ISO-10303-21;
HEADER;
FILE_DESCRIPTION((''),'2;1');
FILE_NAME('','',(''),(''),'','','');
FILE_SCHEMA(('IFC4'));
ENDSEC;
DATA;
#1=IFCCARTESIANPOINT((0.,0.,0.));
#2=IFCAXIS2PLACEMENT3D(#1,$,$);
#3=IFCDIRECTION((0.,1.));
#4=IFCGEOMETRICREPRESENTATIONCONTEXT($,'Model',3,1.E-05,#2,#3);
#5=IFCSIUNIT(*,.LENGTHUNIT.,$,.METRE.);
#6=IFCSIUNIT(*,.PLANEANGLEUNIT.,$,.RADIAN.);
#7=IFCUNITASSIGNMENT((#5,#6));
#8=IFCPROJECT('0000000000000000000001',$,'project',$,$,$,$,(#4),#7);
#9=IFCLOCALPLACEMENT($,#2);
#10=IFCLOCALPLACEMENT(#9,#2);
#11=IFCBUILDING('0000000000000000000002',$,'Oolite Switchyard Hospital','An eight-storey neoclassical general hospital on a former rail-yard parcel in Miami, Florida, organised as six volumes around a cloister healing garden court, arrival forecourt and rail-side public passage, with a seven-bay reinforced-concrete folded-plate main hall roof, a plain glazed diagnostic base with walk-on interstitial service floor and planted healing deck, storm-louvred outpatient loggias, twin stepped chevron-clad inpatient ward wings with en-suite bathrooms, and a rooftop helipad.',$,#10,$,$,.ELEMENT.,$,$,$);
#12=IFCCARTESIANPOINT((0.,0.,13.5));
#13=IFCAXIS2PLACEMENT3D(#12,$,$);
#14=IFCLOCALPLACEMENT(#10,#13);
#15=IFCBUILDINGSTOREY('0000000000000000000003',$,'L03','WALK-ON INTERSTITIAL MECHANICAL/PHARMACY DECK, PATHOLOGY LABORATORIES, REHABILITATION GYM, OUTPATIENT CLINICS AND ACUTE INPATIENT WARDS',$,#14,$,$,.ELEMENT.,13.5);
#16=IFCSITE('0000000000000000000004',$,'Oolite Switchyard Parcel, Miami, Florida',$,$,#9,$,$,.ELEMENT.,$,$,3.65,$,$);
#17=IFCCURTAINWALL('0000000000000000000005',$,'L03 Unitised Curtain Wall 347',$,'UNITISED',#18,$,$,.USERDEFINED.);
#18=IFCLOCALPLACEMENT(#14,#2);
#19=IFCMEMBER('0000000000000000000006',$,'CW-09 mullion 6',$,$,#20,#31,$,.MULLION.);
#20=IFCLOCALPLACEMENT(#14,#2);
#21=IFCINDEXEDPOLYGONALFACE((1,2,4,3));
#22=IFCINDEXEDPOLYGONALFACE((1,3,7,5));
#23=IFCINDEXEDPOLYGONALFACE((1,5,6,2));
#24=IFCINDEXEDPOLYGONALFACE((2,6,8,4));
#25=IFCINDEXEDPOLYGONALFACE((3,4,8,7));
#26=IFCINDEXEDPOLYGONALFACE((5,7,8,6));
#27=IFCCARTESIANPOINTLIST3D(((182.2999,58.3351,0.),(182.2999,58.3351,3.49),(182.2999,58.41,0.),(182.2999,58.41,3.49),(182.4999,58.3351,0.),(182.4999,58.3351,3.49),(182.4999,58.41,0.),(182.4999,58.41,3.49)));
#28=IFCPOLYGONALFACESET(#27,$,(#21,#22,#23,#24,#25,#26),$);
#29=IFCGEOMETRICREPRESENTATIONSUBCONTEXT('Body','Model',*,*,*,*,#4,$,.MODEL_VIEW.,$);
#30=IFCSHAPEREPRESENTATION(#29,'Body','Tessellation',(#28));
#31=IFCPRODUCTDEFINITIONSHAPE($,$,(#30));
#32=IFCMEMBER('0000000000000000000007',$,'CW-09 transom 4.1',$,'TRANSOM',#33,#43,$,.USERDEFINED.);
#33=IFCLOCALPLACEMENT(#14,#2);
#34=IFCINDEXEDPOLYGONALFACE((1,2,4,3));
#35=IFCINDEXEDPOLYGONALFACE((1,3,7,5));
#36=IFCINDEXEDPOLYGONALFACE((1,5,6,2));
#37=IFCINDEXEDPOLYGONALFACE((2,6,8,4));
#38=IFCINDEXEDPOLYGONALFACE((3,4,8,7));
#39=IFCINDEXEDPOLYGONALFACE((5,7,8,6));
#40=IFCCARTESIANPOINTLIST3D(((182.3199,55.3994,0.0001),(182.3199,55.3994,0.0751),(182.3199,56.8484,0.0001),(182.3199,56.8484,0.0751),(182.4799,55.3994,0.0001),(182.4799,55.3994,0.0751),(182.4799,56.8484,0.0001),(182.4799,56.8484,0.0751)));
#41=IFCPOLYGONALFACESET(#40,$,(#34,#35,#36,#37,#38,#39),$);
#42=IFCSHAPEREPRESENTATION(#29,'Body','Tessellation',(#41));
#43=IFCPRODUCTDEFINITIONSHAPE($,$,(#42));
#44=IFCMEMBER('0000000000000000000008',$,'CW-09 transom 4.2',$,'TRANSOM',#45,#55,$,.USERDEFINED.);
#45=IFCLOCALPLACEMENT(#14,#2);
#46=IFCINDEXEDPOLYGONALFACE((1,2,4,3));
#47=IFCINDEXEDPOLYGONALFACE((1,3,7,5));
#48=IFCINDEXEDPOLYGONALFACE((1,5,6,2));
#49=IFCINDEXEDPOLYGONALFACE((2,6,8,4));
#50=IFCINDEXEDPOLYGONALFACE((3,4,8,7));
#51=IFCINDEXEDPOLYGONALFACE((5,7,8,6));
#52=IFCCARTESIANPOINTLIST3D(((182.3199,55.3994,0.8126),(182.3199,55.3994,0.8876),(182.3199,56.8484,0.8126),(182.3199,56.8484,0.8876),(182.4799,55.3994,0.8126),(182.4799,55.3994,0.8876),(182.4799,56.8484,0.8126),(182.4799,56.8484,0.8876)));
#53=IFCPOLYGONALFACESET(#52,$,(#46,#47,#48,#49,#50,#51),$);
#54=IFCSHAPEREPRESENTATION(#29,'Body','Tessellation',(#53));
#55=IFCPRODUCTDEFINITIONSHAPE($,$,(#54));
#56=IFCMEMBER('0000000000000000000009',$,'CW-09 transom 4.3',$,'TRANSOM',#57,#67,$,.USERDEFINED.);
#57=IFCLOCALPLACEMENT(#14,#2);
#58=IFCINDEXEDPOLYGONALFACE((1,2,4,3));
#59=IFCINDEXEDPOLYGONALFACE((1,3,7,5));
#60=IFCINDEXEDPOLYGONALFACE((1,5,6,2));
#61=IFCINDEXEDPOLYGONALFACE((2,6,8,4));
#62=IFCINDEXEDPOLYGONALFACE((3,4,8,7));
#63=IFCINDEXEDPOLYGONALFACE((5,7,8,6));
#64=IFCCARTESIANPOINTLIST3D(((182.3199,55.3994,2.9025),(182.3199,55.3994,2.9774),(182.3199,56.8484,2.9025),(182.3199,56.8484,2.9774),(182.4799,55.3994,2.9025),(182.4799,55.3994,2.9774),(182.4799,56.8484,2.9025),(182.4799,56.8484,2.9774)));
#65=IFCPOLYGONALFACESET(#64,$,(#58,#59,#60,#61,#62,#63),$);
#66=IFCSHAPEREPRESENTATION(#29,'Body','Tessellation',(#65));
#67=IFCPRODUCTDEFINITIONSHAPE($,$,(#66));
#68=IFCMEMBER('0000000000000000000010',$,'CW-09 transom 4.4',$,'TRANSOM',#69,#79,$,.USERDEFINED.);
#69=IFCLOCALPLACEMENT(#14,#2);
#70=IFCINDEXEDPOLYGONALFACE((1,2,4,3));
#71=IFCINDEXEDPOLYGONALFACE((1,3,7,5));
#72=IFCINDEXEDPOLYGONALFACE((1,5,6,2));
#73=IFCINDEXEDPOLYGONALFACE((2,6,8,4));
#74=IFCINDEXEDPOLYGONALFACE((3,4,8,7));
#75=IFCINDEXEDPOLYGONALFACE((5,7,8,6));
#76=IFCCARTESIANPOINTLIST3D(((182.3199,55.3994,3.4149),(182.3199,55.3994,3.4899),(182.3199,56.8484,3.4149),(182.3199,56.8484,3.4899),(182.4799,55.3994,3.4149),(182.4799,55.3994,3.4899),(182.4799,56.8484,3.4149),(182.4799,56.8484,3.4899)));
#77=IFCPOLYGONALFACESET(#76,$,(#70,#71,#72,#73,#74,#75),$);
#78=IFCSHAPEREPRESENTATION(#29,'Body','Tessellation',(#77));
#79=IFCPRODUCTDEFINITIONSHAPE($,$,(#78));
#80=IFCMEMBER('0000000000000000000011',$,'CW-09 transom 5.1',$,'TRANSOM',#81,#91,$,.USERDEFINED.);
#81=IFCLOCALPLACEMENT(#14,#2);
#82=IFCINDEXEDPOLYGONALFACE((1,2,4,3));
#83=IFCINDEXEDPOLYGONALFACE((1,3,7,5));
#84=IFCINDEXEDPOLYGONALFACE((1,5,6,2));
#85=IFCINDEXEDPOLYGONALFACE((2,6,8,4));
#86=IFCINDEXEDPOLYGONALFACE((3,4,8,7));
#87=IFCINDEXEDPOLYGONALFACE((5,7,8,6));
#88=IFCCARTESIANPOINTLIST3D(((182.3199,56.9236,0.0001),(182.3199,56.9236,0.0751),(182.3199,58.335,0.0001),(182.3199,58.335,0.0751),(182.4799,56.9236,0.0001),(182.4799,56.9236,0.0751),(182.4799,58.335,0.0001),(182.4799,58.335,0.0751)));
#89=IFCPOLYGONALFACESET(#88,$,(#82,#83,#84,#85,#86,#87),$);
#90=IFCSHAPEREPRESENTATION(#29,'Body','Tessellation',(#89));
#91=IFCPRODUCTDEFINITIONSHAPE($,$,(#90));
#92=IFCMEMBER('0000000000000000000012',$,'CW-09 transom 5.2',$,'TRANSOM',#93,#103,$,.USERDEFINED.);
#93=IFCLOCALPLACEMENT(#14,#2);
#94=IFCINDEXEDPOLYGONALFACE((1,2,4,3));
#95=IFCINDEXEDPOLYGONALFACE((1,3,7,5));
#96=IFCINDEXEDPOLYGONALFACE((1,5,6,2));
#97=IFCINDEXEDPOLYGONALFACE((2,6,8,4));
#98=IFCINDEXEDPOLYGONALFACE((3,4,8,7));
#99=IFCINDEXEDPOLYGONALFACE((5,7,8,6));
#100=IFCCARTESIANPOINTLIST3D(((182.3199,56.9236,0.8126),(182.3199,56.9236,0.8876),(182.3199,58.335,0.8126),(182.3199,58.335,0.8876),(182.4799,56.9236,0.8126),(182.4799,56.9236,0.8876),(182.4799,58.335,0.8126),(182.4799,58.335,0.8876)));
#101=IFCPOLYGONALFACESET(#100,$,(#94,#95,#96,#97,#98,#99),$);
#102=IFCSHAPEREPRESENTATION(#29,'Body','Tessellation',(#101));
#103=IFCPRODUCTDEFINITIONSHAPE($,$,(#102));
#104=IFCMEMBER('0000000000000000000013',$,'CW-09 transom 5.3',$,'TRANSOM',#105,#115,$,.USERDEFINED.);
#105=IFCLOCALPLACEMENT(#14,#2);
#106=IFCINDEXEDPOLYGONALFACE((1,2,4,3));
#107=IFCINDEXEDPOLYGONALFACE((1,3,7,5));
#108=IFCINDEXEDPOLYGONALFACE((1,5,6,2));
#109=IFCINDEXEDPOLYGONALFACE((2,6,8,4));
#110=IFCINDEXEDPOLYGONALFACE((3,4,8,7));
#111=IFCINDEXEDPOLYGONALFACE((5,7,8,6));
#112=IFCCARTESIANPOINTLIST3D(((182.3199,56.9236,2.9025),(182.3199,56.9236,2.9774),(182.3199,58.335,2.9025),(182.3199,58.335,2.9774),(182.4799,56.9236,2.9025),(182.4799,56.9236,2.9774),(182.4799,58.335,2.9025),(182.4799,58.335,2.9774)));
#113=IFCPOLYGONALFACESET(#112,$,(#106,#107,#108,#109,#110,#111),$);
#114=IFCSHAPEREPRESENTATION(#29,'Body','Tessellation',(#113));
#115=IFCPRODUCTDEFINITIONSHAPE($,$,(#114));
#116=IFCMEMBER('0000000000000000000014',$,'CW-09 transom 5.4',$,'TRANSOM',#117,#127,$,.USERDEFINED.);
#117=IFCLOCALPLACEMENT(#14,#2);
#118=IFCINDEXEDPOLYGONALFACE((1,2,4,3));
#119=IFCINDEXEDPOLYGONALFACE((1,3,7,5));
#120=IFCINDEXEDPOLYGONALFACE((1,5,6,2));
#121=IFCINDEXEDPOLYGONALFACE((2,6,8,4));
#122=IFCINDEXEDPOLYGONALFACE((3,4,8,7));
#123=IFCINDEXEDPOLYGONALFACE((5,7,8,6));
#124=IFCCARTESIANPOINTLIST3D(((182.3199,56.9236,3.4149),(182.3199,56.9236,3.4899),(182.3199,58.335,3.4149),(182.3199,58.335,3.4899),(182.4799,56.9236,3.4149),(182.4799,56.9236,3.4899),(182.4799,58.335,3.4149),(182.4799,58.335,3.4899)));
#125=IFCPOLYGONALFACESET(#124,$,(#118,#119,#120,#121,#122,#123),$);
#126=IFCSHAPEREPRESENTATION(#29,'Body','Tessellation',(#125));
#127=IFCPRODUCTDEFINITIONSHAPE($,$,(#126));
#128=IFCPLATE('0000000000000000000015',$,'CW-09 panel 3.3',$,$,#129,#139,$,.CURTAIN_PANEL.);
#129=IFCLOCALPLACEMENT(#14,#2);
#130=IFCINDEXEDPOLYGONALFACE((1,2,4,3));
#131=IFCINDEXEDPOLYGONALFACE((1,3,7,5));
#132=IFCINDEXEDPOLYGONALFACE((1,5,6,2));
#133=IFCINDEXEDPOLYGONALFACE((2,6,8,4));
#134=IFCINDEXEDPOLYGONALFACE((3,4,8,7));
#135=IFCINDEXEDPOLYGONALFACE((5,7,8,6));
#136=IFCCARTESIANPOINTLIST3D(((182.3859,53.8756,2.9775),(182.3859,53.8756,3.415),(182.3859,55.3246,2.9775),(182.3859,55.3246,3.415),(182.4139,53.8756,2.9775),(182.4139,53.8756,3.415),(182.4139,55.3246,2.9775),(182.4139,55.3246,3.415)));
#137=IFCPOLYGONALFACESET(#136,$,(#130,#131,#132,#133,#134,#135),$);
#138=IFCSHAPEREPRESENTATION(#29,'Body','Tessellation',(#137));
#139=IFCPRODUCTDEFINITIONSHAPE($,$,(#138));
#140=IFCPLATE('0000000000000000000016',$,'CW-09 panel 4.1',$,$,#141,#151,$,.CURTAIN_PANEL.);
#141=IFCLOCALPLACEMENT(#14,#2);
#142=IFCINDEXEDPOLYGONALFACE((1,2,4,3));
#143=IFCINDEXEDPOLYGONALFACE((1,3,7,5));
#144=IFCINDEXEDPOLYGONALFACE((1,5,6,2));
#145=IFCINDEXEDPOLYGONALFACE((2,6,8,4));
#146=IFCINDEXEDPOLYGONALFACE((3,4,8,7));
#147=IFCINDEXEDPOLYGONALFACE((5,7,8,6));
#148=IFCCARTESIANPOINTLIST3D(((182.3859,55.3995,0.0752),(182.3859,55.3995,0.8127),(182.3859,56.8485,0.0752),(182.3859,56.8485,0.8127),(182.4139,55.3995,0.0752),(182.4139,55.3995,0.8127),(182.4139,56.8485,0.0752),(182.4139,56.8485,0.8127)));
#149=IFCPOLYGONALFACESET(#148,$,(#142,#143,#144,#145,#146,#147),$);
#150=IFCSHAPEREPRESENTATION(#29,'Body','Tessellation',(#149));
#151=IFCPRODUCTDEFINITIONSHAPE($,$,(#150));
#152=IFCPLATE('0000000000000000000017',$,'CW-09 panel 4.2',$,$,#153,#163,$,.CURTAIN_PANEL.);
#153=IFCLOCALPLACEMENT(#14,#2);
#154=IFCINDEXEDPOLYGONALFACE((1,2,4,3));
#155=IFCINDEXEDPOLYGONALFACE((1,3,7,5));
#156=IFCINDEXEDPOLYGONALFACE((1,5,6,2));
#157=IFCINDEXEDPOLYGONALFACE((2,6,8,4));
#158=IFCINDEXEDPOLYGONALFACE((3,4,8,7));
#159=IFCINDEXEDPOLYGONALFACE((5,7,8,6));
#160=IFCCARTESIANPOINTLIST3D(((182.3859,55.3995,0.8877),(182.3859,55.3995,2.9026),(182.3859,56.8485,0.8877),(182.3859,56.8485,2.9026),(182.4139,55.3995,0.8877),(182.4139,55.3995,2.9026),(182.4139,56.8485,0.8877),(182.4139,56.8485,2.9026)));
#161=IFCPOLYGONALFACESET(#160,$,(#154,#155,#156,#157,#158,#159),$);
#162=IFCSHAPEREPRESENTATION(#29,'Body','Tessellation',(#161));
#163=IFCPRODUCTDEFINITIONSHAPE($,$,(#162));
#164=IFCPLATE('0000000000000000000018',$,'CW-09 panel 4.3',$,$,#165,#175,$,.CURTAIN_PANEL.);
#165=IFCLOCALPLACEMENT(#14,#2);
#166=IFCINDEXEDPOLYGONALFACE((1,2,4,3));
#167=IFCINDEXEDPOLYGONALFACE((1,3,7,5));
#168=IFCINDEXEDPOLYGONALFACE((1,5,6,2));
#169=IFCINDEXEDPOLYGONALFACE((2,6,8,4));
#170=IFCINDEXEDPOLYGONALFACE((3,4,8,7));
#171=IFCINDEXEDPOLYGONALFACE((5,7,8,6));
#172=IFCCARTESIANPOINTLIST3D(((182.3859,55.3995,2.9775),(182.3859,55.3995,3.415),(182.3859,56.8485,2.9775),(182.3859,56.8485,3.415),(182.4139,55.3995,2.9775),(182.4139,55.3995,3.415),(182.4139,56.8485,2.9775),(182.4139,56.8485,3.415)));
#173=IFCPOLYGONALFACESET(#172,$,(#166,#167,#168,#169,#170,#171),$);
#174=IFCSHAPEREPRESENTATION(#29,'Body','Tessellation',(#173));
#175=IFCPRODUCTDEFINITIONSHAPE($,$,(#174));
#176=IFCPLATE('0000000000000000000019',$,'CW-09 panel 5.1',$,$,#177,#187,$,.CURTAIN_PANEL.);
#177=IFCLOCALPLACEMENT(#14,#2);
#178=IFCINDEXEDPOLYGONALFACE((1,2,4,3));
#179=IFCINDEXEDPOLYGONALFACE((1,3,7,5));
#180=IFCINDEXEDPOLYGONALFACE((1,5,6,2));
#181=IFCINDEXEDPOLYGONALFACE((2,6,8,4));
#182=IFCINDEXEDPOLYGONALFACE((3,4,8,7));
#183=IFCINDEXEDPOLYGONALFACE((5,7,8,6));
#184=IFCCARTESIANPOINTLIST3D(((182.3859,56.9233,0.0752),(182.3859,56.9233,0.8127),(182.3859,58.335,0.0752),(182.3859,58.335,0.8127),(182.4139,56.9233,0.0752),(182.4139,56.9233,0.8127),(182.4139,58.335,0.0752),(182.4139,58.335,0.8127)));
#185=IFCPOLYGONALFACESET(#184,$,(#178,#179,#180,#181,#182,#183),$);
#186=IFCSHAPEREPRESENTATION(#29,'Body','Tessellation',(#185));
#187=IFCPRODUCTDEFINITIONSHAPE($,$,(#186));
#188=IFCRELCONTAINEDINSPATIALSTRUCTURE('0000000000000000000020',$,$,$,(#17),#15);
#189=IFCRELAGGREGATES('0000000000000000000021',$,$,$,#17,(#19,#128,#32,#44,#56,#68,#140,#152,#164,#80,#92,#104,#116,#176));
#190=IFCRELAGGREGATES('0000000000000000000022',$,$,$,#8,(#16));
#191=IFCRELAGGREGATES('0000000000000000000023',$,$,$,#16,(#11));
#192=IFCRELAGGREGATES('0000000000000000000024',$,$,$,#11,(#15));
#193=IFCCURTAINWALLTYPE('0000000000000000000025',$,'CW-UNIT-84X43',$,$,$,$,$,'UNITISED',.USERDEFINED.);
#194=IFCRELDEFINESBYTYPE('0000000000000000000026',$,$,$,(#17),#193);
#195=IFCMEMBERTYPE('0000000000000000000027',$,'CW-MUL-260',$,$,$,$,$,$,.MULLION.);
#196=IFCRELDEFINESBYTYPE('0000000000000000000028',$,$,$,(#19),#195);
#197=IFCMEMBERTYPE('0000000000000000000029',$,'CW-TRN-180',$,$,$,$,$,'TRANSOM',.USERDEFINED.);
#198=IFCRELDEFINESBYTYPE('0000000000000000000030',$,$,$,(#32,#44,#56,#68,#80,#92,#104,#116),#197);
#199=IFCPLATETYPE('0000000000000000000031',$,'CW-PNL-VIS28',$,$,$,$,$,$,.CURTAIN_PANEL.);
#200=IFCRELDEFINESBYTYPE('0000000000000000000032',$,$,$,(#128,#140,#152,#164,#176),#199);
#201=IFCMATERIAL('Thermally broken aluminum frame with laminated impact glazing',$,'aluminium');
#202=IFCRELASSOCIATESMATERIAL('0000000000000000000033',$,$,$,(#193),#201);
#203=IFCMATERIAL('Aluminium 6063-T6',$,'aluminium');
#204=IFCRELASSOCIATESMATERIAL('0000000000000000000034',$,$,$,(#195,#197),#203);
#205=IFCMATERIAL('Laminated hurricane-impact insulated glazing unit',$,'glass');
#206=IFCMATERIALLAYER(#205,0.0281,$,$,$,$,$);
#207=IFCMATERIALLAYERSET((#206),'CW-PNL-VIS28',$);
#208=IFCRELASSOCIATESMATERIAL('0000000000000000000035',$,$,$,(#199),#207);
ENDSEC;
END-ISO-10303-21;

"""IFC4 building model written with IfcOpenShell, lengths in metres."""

from ifc_helpers import new_model, si_unit, direction, frame, origin, origin_2d, place, context, subcontext, project, spatial, rectangle, extrude, material, layer, layer_set, material_profile, profile_set, type_object, element, aggregate, save


model = new_model("IFC4")

# Units and contexts
model_context = context("Model", 3, precision=1e-05, world=origin(), true_north=direction((0.0, 1.0)))
body_context = subcontext(model_context, "Body", "Model", "MODEL_VIEW")
ifc_project = project(units=[si_unit("LENGTHUNIT", "METRE"), si_unit("PLANEANGLEUNIT", "RADIAN")], contexts=[model_context])

# Site, building, storey
site_placement = place(None, origin())
site = spatial("IfcSite", under=ifc_project, at=site_placement, Name="Oolite Switchyard Parcel, Miami, Florida", CompositionType="ELEMENT", RefElevation=3.65)
building_placement = place(site_placement, origin())
building = spatial("IfcBuilding", under=site, at=building_placement, Name="Oolite Switchyard Hospital", Description="An eight-storey neoclassical general hospital on a former rail-yard parcel in Miami, Florida, organised as six volumes around a cloister healing garden court, arrival forecourt and rail-side public passage, with a seven-bay reinforced-concrete folded-plate main hall roof, a plain glazed diagnostic base with walk-on interstitial service floor and planted healing deck, storm-louvred outpatient loggias, twin stepped chevron-clad inpatient ward wings with en-suite bathrooms, and a rooftop helipad.", CompositionType="ELEMENT")
storey_placement = place(building_placement, frame((0.0, 0.0, 13.5)))
storey = spatial("IfcBuildingStorey", under=building, at=storey_placement, Name="L03", Description="WALK-ON INTERSTITIAL MECHANICAL/PHARMACY DECK, PATHOLOGY LABORATORIES, REHABILITATION GYM, OUTPATIENT CLINICS AND ACUTE INPATIENT WARDS", CompositionType="ELEMENT", Elevation=13.5)

# Curtain wall, members, plates
ifc_material_1 = material(Name="Thermally broken aluminum frame with laminated impact glazing", Category="aluminium")
curtain_wall_type = type_object("IfcCurtainWallType", Name="CW-UNIT-84X43", ElementType="UNITISED", PredefinedType="USERDEFINED", material=ifc_material_1)
curtain_wall_placement = place(storey_placement, origin())
curtain_wall = element("IfcCurtainWall", 1, at=curtain_wall_placement, inside=storey, type_object=curtain_wall_type, Name="L03 Unitised Curtain Wall 347", ObjectType="UNITISED", PredefinedType="USERDEFINED")
ifc_material_2 = material(Name="Aluminium 6063-T6", Category="aluminium")
ifc_material_profile_1 = material_profile(ifc_material_2, rectangle(XDim=0.2, YDim=0.075, at=origin_2d()), Name="CWM75X200")
ifc_profile_set_1 = profile_set([ifc_material_profile_1], Name="Aluminium 6063-T6")
member_type_1 = type_object("IfcMemberType", Name="CW-MUL-260", PredefinedType="MULLION", material=ifc_profile_set_1)
member_1_placement = place(storey_placement, frame((182.3999, 58.3726, 0.0), z_axis=(0.0, 0.0, 1.0), x_axis=(-1.0, 0.0, 0.0)))
member_1 = element("IfcMember", 2, at=member_1_placement, type_object=member_type_1, Name="CW-09 mullion 6", PredefinedType="MULLION", context=body_context, shape_type="SweptSolid", body=[
    extrude(rectangle(XDim=0.2, YDim=0.075, at=origin_2d()), origin(), (0.0, 0.0, 1.0), 3.49),
])
ifc_material_profile_2 = material_profile(ifc_material_2, rectangle(XDim=0.1599, YDim=0.075, at=origin_2d()), Name="CWT75X160")
ifc_profile_set_2 = profile_set([ifc_material_profile_2], Name="Aluminium 6063-T6")
member_type_2 = type_object("IfcMemberType", Name="CW-TRN-180", ElementType="TRANSOM", PredefinedType="USERDEFINED", material=ifc_profile_set_2)
member_2_placement = place(storey_placement, frame((182.3999, 55.3994, 0.0376), z_axis=(0.0, 1.0, 0.0), x_axis=(-1.0, 0.0, 0.0)))
member_2 = element("IfcMember", 3, at=member_2_placement, type_object=member_type_2, Name="CW-09 transom 4.1", ObjectType="TRANSOM", PredefinedType="USERDEFINED", context=body_context, shape_type="SweptSolid", body=[
    extrude(rectangle(XDim=0.1599, YDim=0.075, at=origin_2d()), origin(), (0.0, 0.0, 1.0), 1.449),
])
member_3_placement = place(storey_placement, frame((182.3999, 55.3994, 0.8501), z_axis=(0.0, 1.0, 0.0), x_axis=(-1.0, 0.0, 0.0)))
member_3 = element("IfcMember", 4, at=member_3_placement, type_object=member_type_2, Name="CW-09 transom 4.2", ObjectType="TRANSOM", PredefinedType="USERDEFINED", context=body_context, shape_type="SweptSolid", body=[
    extrude(rectangle(XDim=0.1599, YDim=0.075, at=origin_2d()), origin(), (0.0, 0.0, 1.0), 1.449),
])
member_4_placement = place(storey_placement, frame((182.3999, 55.3994, 2.9399), z_axis=(0.0, 1.0, 0.0), x_axis=(-1.0, 0.0, 0.0)))
member_4 = element("IfcMember", 5, at=member_4_placement, type_object=member_type_2, Name="CW-09 transom 4.3", ObjectType="TRANSOM", PredefinedType="USERDEFINED", context=body_context, shape_type="SweptSolid", body=[
    extrude(rectangle(XDim=0.1599, YDim=0.075, at=origin_2d()), origin(), (0.0, 0.0, 1.0), 1.449),
])
member_5_placement = place(storey_placement, frame((182.3999, 55.3994, 3.4524), z_axis=(0.0, 1.0, 0.0), x_axis=(-1.0, 0.0, 0.0)))
member_5 = element("IfcMember", 6, at=member_5_placement, type_object=member_type_2, Name="CW-09 transom 4.4", ObjectType="TRANSOM", PredefinedType="USERDEFINED", context=body_context, shape_type="SweptSolid", body=[
    extrude(rectangle(XDim=0.1599, YDim=0.075, at=origin_2d()), origin(), (0.0, 0.0, 1.0), 1.449),
])
member_6_placement = place(storey_placement, frame((182.3999, 56.9236, 0.0376), z_axis=(0.0, 1.0, 0.0), x_axis=(-1.0, 0.0, 0.0)))
member_6 = element("IfcMember", 7, at=member_6_placement, type_object=member_type_2, Name="CW-09 transom 5.1", ObjectType="TRANSOM", PredefinedType="USERDEFINED", context=body_context, shape_type="SweptSolid", body=[
    extrude(rectangle(XDim=0.1599, YDim=0.075, at=origin_2d()), origin(), (0.0, 0.0, 1.0), 1.4114),
])
member_7_placement = place(storey_placement, frame((182.3999, 56.9236, 0.8501), z_axis=(0.0, 1.0, 0.0), x_axis=(-1.0, 0.0, 0.0)))
member_7 = element("IfcMember", 8, at=member_7_placement, type_object=member_type_2, Name="CW-09 transom 5.2", ObjectType="TRANSOM", PredefinedType="USERDEFINED", context=body_context, shape_type="SweptSolid", body=[
    extrude(rectangle(XDim=0.1599, YDim=0.075, at=origin_2d()), origin(), (0.0, 0.0, 1.0), 1.4114),
])
member_8_placement = place(storey_placement, frame((182.3999, 56.9236, 2.9399), z_axis=(0.0, 1.0, 0.0), x_axis=(-1.0, 0.0, 0.0)))
member_8 = element("IfcMember", 9, at=member_8_placement, type_object=member_type_2, Name="CW-09 transom 5.3", ObjectType="TRANSOM", PredefinedType="USERDEFINED", context=body_context, shape_type="SweptSolid", body=[
    extrude(rectangle(XDim=0.1599, YDim=0.075, at=origin_2d()), origin(), (0.0, 0.0, 1.0), 1.4114),
])
member_9_placement = place(storey_placement, frame((182.3999, 56.9236, 3.4524), z_axis=(0.0, 1.0, 0.0), x_axis=(-1.0, 0.0, 0.0)))
member_9 = element("IfcMember", 10, at=member_9_placement, type_object=member_type_2, Name="CW-09 transom 5.4", ObjectType="TRANSOM", PredefinedType="USERDEFINED", context=body_context, shape_type="SweptSolid", body=[
    extrude(rectangle(XDim=0.1599, YDim=0.075, at=origin_2d()), origin(), (0.0, 0.0, 1.0), 1.4114),
])
ifc_material_3 = material(Name="Laminated hurricane-impact insulated glazing unit", Category="glass")
ifc_layer_1 = layer(ifc_material_3, 0.0281)
ifc_layer_set_1 = layer_set([ifc_layer_1], Name="CW-PNL-VIS28")
plate_type = type_object("IfcPlateType", Name="CW-PNL-VIS28", PredefinedType="CURTAIN_PANEL", material=ifc_layer_set_1)
plate_1_placement = place(storey_placement, frame((182.3999, 54.6001, 2.9775), z_axis=(0.0, 0.0, 1.0), x_axis=(0.0, 1.0, 0.0)))
plate_1 = element("IfcPlate", 11, at=plate_1_placement, type_object=plate_type, Name="CW-09 panel 3.3", PredefinedType="CURTAIN_PANEL", context=body_context, shape_type="SweptSolid", body=[
    extrude(rectangle(XDim=1.449, YDim=0.0281, at=origin_2d()), origin(), (0.0, 0.0, 1.0), 0.4375),
])
plate_2_placement = place(storey_placement, frame((182.3999, 56.124, 0.0752), z_axis=(0.0, 0.0, 1.0), x_axis=(0.0, 1.0, 0.0)))
plate_2 = element("IfcPlate", 12, at=plate_2_placement, type_object=plate_type, Name="CW-09 panel 4.1", PredefinedType="CURTAIN_PANEL", context=body_context, shape_type="SweptSolid", body=[
    extrude(rectangle(XDim=1.449, YDim=0.0281, at=origin_2d()), origin(), (0.0, 0.0, 1.0), 0.7375),
])
plate_3_placement = place(storey_placement, frame((182.3999, 56.124, 0.8877), z_axis=(0.0, 0.0, 1.0), x_axis=(0.0, 1.0, 0.0)))
plate_3 = element("IfcPlate", 13, at=plate_3_placement, type_object=plate_type, Name="CW-09 panel 4.2", PredefinedType="CURTAIN_PANEL", context=body_context, shape_type="SweptSolid", body=[
    extrude(rectangle(XDim=1.449, YDim=0.0281, at=origin_2d()), origin(), (0.0, 0.0, 1.0), 2.0149),
])
plate_4_placement = place(storey_placement, frame((182.3999, 56.124, 2.9775), z_axis=(0.0, 0.0, 1.0), x_axis=(0.0, 1.0, 0.0)))
plate_4 = element("IfcPlate", 14, at=plate_4_placement, type_object=plate_type, Name="CW-09 panel 4.3", PredefinedType="CURTAIN_PANEL", context=body_context, shape_type="SweptSolid", body=[
    extrude(rectangle(XDim=1.449, YDim=0.0281, at=origin_2d()), origin(), (0.0, 0.0, 1.0), 0.4375),
])
plate_5_placement = place(storey_placement, frame((182.3999, 57.6292, 0.0752), z_axis=(0.0, 0.0, 1.0), x_axis=(0.0, 1.0, 0.0)))
plate_5 = element("IfcPlate", 15, at=plate_5_placement, type_object=plate_type, Name="CW-09 panel 5.1", PredefinedType="CURTAIN_PANEL", context=body_context, shape_type="SweptSolid", body=[
    extrude(rectangle(XDim=1.4116, YDim=0.0281, at=origin_2d()), origin(), (0.0, 0.0, 1.0), 0.7375),
])
aggregate(curtain_wall, [member_1, plate_1, member_2, member_3, member_4, member_5, plate_2, plate_3, plate_4, member_6, member_7, member_8, member_9, plate_5])

save(model, "model.ifc")
